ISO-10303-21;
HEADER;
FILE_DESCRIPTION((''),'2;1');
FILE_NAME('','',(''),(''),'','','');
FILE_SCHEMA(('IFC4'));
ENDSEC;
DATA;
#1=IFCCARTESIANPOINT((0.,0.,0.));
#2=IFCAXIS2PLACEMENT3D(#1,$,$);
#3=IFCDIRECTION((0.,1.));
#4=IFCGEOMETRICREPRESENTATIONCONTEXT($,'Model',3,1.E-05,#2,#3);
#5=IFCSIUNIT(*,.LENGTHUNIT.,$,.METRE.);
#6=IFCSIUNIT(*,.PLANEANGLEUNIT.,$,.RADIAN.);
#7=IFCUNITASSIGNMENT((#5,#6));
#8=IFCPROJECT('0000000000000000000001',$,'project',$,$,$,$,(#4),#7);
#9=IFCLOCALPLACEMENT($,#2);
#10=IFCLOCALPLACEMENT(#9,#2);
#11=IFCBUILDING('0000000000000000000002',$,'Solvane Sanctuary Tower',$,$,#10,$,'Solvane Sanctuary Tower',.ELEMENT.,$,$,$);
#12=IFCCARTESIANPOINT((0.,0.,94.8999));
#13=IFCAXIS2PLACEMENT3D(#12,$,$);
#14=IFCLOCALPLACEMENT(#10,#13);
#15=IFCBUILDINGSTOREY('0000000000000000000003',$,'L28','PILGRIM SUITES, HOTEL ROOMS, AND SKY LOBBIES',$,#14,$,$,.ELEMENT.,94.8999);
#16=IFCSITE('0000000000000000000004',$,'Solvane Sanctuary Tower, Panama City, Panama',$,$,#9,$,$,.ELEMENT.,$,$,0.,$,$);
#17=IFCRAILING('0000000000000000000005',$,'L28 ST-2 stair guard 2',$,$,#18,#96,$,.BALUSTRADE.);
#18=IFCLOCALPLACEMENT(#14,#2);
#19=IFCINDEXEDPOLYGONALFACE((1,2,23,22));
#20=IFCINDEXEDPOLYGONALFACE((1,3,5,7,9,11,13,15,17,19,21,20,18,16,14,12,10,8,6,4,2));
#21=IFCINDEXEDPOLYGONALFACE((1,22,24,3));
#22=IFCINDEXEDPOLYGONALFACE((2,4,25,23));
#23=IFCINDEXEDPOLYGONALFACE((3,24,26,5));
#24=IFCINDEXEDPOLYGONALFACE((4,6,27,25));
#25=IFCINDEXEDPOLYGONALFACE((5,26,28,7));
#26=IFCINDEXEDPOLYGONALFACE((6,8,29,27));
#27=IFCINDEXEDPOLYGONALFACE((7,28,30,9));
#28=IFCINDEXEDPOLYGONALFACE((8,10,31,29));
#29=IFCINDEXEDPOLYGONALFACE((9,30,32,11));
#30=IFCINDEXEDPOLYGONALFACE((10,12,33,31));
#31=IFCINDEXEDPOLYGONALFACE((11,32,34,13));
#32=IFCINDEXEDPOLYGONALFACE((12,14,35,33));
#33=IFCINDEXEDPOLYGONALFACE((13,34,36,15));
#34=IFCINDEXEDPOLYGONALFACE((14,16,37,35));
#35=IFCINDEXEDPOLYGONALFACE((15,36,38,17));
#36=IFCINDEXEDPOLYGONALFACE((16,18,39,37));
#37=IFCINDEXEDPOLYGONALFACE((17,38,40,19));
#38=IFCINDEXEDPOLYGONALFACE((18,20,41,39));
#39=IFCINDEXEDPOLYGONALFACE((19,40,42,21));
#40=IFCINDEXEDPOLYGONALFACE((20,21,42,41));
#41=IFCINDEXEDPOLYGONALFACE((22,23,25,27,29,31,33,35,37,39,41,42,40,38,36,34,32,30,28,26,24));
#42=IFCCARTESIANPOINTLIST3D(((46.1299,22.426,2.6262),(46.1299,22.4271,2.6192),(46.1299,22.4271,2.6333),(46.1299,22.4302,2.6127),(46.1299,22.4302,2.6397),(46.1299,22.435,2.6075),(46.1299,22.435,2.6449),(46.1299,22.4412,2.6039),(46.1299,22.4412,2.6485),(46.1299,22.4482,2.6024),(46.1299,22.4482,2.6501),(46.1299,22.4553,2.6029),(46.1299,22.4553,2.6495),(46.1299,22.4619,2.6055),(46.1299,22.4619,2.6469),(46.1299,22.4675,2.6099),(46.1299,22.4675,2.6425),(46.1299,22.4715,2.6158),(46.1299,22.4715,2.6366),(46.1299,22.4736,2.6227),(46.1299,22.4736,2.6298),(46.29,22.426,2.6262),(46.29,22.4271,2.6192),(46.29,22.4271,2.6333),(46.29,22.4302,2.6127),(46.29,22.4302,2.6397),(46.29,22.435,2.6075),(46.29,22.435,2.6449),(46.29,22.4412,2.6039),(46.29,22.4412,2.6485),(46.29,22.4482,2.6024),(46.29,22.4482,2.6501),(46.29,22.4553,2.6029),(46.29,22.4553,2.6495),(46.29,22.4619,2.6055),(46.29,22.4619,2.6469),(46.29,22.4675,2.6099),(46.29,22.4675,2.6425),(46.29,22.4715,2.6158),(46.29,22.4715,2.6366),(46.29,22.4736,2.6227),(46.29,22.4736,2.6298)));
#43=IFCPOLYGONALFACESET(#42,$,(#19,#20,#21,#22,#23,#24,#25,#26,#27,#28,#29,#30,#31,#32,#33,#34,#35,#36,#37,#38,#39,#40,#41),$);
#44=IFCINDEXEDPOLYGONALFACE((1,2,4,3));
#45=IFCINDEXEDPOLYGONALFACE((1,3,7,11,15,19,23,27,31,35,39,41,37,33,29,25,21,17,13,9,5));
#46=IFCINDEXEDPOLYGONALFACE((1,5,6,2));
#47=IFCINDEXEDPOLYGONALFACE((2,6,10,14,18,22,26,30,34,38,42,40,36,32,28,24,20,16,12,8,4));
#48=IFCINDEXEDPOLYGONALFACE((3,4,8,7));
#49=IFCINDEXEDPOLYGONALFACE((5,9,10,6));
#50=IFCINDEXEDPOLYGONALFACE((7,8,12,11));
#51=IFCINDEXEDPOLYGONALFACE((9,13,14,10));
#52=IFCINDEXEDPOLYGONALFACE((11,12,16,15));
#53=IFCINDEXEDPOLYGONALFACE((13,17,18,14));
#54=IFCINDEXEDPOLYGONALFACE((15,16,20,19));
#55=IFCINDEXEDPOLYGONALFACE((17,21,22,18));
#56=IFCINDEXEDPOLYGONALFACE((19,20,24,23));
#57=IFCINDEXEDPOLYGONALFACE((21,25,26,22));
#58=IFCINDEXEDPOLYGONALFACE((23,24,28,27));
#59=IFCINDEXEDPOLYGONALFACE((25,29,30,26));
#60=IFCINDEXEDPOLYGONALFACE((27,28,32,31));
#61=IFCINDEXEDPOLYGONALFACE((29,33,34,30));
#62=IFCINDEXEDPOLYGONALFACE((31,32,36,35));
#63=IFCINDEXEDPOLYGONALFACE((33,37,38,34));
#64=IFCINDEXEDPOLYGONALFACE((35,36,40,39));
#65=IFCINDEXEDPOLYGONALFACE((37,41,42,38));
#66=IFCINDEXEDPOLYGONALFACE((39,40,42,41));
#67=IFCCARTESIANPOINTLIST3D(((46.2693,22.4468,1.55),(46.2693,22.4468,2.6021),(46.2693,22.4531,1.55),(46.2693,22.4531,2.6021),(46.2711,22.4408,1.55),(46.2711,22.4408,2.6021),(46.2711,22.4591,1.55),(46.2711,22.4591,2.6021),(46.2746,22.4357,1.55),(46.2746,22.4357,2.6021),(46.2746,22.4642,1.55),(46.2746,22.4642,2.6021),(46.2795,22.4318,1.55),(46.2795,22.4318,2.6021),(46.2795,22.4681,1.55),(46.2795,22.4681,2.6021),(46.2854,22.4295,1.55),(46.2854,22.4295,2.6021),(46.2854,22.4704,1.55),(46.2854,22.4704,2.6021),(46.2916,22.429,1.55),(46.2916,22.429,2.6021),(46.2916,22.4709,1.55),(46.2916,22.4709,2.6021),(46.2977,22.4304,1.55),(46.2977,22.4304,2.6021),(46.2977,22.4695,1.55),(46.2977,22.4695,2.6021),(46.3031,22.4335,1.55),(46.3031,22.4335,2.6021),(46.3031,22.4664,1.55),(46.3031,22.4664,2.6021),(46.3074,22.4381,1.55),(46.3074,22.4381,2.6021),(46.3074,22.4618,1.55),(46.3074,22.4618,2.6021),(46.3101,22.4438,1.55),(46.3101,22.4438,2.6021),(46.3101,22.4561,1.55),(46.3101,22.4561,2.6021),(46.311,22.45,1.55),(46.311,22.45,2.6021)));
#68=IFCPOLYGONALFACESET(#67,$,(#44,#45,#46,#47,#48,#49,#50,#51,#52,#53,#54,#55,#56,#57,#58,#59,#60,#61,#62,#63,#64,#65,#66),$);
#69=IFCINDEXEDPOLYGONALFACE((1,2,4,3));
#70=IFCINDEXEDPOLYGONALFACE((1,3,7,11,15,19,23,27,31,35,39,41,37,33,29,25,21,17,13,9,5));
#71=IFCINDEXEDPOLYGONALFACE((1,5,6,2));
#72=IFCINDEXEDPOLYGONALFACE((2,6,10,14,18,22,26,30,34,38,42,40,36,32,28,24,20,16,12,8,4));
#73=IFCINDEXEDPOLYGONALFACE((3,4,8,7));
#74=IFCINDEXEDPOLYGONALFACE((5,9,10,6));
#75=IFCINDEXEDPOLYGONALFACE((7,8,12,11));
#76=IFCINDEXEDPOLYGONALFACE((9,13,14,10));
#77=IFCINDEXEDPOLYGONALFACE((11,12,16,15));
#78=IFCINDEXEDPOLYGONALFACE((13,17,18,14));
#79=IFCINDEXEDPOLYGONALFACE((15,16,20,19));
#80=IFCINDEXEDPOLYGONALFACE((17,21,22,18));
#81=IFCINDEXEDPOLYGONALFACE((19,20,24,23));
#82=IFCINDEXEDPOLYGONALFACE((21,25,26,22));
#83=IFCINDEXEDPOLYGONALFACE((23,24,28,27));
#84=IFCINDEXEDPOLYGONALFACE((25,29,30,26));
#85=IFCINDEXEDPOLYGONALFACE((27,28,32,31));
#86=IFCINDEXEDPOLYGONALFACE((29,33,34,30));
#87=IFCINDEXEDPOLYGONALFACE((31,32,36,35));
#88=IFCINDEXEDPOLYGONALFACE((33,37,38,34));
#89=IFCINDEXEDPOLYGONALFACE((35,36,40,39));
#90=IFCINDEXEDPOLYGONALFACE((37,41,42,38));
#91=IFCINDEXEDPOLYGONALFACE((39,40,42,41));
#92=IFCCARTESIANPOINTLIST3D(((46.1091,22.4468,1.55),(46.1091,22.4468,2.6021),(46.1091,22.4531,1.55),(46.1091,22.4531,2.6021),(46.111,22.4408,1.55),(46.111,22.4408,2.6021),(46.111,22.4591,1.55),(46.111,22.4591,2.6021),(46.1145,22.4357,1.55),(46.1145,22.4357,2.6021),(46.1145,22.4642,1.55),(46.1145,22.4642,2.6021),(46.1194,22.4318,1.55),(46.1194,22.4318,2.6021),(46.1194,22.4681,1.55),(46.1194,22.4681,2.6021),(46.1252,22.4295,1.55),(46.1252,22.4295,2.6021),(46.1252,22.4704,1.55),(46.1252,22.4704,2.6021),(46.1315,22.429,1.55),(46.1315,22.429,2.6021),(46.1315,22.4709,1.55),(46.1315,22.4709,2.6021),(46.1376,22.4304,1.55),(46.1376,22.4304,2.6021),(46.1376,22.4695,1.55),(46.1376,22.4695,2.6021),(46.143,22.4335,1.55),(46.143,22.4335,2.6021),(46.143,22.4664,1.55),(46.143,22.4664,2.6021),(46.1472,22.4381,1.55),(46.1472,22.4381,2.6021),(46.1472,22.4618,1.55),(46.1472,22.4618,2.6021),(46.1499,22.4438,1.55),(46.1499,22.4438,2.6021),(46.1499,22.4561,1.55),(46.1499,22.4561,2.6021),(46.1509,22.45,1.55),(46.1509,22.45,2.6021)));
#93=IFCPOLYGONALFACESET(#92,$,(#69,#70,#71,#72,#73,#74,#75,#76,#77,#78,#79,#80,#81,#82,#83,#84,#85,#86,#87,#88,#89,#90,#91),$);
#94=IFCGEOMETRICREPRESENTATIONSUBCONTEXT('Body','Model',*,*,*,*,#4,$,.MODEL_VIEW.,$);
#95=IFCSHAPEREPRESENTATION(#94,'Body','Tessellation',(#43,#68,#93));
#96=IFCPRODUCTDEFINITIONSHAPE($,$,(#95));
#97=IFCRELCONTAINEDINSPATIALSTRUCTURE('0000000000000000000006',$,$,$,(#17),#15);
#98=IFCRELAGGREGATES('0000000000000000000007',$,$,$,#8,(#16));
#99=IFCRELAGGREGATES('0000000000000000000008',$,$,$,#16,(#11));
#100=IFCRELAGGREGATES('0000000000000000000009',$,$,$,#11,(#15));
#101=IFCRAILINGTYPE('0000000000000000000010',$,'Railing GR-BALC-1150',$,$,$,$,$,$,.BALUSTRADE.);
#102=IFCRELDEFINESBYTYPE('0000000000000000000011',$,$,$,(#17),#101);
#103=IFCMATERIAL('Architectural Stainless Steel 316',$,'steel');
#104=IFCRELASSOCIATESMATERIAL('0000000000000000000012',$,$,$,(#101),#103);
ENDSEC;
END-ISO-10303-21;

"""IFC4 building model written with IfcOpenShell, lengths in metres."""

from ifc_helpers import new_model, si_unit, direction, frame, origin, origin_2d, place, context, subcontext, project, spatial, circle, extrude, material, type_object, element, save


model = new_model("IFC4")

# Units and contexts
model_context = context("Model", 3, precision=1e-05, world=origin(), true_north=direction((0.0, 1.0)))
body_context = subcontext(model_context, "Body", "Model", "MODEL_VIEW")
ifc_project = project(units=[si_unit("LENGTHUNIT", "METRE"), si_unit("PLANEANGLEUNIT", "RADIAN")], contexts=[model_context])

# Site, building, storey
site_placement = place(None, origin())
site = spatial("IfcSite", under=ifc_project, at=site_placement, Name="Solvane Sanctuary Tower, Panama City, Panama", CompositionType="ELEMENT", RefElevation=0.0)
building_placement = place(site_placement, origin())
building = spatial("IfcBuilding", under=site, at=building_placement, Name="Solvane Sanctuary Tower", LongName="Solvane Sanctuary Tower", CompositionType="ELEMENT")
storey_placement = place(building_placement, frame((0.0, 0.0, 94.8999)))
storey = spatial("IfcBuildingStorey", under=building, at=storey_placement, Name="L28", Description="PILGRIM SUITES, HOTEL ROOMS, AND SKY LOBBIES", CompositionType="ELEMENT", Elevation=94.8999)

# Shared definitions
ifc_material_1 = material(Name="Architectural Stainless Steel 316", Category="steel")

# Railing
railing_type_1 = type_object("IfcRailingType", Name="Railing GR-BALC-1150", PredefinedType="BALUSTRADE", material=ifc_material_1)
railing_1_placement = place(storey_placement, frame((46.29, 22.45, 1.55)))
element("IfcRailing", 1, at=railing_1_placement, inside=storey, type_object=railing_type_1, Name="L28 ST-2 stair guard 2", PredefinedType="BALUSTRADE", context=body_context, shape_type="SweptSolid", body=[
    extrude(circle(Radius=0.0239, at=origin_2d()), frame((0.0, 0.0, 1.0762), z_axis=(-1.0, 0.0, 0.0), x_axis=(0.0, -1.0, 0.0)), (0.0, 0.0, 1.0), 0.1602),
    extrude(circle(Radius=0.021, at=origin_2d()), origin(), (0.0, 0.0, 1.0), 1.052),
    extrude(circle(Radius=0.021, at=origin_2d()), frame((-0.1602, 0.0, 0.0)), (0.0, 0.0, 1.0), 1.052),
])

save(model, "model.ifc")
